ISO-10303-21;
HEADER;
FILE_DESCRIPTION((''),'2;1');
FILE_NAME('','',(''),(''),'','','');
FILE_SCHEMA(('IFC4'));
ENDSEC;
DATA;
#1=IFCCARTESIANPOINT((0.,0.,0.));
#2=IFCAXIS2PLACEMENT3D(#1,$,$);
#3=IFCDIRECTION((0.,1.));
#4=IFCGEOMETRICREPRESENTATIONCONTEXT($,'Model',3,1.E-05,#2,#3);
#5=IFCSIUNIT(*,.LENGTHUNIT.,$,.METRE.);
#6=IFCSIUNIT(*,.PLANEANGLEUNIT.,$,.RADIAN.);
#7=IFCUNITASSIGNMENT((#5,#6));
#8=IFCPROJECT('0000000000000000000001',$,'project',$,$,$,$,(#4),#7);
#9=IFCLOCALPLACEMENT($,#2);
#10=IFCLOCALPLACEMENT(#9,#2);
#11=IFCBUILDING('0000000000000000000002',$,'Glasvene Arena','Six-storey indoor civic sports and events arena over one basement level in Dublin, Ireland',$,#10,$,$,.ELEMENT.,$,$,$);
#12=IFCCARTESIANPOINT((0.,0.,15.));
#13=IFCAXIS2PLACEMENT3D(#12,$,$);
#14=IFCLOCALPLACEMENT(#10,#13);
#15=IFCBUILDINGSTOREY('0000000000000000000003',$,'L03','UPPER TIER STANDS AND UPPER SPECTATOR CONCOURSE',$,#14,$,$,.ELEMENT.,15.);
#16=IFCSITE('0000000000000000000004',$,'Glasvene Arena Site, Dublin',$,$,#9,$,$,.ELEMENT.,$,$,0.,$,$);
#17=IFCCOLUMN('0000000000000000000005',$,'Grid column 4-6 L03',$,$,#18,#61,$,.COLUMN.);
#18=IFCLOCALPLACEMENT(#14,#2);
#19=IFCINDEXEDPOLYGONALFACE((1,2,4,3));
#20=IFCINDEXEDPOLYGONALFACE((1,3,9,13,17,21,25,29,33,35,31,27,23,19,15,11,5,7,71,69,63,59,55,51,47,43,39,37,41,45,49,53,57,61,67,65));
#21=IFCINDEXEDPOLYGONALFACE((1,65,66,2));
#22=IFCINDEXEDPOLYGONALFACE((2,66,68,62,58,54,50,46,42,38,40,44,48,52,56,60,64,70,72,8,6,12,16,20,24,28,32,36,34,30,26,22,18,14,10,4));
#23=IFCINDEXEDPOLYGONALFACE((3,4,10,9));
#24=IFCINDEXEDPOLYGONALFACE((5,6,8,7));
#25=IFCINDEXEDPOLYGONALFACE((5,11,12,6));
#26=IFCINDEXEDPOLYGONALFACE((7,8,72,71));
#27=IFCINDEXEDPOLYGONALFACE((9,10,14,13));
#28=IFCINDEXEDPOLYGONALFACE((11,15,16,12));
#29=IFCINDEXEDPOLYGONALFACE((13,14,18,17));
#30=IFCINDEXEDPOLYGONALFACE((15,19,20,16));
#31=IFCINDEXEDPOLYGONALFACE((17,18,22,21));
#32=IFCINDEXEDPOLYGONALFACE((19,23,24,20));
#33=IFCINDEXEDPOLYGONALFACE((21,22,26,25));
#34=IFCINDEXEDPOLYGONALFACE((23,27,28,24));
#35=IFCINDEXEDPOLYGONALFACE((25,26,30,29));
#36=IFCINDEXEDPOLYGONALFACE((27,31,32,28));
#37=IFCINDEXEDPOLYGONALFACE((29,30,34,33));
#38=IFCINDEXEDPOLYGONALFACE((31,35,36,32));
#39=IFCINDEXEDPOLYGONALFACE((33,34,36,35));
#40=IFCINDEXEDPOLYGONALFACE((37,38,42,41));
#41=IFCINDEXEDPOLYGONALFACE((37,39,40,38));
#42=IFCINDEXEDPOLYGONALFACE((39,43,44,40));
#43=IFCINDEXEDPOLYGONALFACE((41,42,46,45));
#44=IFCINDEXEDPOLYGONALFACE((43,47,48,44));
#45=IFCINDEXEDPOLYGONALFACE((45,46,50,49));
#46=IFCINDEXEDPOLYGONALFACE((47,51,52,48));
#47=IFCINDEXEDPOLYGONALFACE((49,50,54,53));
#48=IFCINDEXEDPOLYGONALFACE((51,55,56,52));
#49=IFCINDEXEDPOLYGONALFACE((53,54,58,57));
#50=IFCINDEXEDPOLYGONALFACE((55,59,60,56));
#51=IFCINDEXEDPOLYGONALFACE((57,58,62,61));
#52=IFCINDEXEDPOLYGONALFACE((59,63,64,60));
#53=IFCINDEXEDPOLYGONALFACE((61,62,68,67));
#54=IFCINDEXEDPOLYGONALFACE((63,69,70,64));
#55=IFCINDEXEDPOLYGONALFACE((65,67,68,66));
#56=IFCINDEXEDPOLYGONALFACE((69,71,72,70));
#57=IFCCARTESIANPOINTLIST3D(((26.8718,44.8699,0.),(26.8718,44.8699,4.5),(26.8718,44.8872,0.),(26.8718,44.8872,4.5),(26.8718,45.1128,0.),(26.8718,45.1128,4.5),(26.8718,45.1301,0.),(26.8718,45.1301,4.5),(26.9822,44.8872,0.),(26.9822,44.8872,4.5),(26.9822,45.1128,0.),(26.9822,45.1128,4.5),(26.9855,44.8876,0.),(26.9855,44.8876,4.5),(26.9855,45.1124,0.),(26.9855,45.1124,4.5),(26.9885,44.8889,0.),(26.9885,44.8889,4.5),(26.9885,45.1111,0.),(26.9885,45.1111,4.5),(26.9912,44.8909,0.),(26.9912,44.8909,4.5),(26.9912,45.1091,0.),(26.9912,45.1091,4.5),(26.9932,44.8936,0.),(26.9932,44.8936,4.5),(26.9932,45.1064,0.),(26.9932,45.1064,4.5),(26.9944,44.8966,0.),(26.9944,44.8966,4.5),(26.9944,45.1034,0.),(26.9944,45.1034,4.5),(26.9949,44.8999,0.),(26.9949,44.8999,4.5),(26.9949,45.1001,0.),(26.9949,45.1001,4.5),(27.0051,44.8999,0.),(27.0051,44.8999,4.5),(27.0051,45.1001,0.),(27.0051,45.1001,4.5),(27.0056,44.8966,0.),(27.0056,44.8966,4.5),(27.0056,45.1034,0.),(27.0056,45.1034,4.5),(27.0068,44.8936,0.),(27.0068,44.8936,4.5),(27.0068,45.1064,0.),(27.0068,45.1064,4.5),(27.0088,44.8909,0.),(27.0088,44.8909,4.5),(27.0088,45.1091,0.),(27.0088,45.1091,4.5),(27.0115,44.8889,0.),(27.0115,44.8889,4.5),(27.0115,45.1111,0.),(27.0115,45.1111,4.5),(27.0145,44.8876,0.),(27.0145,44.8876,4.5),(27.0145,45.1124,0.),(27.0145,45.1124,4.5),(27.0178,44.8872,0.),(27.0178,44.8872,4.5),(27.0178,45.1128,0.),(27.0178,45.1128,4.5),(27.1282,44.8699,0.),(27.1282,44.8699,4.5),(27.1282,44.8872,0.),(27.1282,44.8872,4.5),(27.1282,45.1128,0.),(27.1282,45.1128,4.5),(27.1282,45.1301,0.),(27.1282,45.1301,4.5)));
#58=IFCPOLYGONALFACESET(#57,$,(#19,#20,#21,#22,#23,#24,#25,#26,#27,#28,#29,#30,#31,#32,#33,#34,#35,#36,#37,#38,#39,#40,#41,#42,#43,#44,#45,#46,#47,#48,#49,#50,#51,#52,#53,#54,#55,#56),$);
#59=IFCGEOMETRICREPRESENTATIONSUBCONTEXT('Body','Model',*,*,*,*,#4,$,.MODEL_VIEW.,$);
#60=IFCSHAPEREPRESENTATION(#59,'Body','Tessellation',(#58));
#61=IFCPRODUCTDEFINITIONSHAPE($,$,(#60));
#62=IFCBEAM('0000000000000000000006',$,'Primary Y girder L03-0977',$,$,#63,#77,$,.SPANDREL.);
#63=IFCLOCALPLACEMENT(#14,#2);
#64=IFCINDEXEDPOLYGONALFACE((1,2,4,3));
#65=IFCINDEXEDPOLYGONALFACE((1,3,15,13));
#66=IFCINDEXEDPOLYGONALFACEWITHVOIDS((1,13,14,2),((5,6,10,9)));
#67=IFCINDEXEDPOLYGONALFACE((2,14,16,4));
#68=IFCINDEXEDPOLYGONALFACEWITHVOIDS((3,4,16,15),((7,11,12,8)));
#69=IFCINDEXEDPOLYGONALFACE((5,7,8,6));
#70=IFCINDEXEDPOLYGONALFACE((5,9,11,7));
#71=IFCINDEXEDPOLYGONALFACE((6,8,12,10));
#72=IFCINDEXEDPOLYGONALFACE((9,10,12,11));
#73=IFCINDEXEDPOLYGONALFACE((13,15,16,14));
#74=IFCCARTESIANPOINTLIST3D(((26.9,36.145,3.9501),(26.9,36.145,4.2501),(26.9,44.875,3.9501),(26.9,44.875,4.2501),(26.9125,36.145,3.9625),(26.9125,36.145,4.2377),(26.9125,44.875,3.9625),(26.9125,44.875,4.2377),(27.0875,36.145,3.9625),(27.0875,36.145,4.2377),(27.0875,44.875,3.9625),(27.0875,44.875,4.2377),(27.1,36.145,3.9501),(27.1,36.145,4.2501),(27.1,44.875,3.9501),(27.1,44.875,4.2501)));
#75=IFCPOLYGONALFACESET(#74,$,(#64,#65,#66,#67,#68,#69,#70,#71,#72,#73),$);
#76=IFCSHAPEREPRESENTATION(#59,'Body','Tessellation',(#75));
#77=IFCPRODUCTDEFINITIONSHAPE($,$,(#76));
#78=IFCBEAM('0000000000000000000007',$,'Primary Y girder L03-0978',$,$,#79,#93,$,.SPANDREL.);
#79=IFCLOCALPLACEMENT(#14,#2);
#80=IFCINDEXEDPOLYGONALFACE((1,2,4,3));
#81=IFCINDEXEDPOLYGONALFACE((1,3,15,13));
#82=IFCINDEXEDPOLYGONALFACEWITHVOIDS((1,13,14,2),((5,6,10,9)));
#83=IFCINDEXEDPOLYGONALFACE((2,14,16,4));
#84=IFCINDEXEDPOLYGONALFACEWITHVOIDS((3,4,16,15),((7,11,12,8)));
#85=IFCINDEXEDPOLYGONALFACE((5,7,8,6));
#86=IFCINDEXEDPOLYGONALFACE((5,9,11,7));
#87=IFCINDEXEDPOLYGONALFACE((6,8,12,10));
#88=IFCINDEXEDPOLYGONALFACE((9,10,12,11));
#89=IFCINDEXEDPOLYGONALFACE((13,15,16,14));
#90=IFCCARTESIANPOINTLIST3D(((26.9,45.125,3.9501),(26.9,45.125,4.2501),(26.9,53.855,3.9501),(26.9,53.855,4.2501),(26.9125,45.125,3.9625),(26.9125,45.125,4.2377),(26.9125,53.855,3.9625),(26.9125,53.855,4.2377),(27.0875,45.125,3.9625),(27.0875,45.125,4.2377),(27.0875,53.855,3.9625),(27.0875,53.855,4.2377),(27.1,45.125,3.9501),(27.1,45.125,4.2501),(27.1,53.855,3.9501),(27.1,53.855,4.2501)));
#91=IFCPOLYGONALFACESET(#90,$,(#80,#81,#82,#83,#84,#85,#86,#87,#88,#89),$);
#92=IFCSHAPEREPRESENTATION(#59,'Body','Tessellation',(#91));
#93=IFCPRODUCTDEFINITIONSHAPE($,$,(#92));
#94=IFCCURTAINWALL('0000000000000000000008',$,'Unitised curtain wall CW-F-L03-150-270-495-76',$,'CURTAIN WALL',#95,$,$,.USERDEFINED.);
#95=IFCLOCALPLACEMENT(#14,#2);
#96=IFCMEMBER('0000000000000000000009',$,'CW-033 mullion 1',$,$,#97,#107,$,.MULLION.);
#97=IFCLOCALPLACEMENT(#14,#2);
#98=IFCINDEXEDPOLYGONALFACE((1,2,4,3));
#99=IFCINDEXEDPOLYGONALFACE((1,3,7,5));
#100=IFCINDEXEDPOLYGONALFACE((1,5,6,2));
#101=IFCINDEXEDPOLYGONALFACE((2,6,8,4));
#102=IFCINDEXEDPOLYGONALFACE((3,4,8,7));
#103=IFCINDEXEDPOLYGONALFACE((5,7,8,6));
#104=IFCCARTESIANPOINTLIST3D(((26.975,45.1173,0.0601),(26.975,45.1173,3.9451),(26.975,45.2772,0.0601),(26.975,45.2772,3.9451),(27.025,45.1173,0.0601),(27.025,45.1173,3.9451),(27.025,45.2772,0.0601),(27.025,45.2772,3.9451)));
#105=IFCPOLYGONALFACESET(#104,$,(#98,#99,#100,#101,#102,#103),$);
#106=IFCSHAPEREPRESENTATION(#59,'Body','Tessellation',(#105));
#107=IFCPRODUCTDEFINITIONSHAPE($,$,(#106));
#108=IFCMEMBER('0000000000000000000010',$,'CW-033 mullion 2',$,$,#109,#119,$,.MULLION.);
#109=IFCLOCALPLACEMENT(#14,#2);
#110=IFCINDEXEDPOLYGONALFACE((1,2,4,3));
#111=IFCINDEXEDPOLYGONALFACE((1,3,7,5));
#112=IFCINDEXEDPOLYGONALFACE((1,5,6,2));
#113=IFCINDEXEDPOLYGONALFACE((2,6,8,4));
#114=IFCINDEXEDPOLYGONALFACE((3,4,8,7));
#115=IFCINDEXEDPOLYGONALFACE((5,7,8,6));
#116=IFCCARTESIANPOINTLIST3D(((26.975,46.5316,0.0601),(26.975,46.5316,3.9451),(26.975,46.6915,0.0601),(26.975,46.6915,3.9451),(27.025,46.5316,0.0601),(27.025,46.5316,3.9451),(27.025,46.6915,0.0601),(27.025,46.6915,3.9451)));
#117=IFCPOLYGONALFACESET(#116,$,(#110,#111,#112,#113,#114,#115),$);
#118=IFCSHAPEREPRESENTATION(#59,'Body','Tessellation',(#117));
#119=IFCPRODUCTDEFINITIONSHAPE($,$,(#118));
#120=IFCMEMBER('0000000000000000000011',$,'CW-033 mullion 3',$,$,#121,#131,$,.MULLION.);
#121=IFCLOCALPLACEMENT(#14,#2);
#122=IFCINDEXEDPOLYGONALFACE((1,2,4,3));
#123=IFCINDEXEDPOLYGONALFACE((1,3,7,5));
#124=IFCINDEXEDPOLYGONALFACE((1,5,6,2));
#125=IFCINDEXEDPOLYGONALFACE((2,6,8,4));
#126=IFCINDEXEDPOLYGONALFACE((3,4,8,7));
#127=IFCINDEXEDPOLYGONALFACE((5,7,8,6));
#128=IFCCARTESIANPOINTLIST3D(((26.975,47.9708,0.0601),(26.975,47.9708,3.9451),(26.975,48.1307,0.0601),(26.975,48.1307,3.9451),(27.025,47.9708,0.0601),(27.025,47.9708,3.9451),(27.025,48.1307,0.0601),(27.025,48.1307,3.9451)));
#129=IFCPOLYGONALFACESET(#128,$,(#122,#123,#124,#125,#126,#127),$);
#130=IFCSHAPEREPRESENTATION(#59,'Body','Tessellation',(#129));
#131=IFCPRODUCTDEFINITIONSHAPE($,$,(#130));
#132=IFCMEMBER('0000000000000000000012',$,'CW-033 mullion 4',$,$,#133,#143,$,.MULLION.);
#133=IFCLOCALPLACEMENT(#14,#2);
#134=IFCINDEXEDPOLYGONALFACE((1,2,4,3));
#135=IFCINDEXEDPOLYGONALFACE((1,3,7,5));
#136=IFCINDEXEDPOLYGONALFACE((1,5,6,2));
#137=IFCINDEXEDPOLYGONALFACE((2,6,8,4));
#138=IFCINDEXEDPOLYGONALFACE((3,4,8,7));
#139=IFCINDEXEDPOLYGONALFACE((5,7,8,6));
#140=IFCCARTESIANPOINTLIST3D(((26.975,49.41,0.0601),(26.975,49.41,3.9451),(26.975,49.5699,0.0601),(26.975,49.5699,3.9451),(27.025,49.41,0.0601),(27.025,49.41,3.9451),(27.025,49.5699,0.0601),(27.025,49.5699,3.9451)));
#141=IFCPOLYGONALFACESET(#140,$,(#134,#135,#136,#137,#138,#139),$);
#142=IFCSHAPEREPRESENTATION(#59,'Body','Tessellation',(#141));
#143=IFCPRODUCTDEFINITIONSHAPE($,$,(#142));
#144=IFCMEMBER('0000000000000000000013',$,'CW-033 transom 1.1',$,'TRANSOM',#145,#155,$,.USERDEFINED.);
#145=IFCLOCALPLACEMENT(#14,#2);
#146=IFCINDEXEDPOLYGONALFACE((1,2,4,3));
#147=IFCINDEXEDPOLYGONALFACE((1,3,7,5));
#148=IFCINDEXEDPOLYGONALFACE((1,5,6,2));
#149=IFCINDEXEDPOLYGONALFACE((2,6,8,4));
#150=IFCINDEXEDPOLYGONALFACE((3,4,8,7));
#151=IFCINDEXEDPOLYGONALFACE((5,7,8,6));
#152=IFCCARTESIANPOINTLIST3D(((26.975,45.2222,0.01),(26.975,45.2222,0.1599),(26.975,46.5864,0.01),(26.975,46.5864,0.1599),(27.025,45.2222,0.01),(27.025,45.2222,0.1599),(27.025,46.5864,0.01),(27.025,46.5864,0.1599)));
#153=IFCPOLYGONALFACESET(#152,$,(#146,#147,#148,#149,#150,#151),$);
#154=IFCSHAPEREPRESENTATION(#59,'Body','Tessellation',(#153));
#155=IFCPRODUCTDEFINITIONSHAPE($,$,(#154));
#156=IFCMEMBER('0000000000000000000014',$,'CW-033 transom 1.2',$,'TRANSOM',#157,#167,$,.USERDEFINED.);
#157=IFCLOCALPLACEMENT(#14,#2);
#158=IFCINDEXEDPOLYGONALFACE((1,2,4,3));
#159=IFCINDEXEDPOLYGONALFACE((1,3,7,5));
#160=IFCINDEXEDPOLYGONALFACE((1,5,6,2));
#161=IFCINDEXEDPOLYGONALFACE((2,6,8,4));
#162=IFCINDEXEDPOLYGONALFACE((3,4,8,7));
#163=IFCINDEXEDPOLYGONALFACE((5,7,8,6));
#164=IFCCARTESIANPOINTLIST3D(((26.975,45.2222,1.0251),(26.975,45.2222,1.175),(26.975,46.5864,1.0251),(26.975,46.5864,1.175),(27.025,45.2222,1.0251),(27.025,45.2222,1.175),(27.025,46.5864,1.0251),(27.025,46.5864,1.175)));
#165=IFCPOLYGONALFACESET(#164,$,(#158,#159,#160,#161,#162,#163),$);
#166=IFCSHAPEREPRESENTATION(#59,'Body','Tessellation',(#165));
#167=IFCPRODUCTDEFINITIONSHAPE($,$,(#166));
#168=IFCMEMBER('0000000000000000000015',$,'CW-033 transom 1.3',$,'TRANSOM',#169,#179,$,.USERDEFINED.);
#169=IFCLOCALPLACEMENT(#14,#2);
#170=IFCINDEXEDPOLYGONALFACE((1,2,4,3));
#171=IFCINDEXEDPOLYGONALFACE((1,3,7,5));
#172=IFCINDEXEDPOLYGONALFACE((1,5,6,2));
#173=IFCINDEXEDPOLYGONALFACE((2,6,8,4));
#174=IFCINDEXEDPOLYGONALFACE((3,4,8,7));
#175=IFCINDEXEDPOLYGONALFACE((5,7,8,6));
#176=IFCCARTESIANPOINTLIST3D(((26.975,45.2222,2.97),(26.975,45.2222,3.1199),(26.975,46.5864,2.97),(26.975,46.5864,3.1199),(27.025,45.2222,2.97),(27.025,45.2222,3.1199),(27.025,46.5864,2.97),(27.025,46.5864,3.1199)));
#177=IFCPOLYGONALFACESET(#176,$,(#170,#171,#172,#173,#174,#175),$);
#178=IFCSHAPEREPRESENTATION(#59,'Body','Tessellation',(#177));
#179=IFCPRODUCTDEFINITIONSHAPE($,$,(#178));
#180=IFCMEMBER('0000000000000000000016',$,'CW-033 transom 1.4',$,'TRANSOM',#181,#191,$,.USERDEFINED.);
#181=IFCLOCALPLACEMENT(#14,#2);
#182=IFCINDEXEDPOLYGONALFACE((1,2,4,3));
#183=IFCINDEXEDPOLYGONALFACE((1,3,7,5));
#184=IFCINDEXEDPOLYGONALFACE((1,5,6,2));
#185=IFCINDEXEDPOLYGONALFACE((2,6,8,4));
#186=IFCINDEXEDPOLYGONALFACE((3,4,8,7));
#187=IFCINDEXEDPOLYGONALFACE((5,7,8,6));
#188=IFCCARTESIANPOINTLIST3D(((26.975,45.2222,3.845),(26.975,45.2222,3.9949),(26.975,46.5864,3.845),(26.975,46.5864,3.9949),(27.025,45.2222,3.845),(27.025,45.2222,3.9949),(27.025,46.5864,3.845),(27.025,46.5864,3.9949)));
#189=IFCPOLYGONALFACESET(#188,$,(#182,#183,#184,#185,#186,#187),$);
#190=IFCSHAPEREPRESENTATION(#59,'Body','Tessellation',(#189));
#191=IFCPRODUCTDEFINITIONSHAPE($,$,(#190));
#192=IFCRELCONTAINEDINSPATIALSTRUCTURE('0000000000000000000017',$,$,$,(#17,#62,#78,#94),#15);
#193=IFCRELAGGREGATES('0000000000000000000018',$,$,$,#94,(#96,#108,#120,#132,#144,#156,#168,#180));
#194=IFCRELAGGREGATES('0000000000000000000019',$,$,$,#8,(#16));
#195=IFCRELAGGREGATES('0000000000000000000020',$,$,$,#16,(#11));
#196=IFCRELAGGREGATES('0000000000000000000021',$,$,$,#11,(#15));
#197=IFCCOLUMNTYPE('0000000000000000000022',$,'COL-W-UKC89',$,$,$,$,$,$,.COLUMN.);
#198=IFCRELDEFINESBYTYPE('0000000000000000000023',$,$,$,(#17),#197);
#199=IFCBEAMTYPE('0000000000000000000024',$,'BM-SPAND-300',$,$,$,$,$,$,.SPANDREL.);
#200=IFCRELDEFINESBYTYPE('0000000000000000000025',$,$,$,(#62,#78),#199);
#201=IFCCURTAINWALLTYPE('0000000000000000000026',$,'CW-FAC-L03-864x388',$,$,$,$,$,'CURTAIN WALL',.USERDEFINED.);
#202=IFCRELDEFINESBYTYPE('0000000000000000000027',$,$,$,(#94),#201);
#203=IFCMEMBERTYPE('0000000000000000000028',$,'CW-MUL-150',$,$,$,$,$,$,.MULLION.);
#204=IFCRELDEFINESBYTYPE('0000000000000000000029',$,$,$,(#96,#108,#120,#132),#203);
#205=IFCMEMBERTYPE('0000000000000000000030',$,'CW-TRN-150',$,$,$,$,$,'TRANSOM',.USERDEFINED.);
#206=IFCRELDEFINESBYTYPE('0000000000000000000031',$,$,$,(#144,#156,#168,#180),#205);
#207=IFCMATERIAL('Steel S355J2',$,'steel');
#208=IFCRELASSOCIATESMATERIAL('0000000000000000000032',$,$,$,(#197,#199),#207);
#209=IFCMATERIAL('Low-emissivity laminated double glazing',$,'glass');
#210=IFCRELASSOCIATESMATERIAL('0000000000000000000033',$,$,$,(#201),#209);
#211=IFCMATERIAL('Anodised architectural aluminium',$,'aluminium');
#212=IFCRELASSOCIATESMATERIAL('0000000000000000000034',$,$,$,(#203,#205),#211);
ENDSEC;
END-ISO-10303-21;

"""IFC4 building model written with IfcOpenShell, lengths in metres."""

from ifc_helpers import new_model, si_unit, direction, frame, origin, origin_2d, place, context, subcontext, project, spatial, rectangle, hollow_rectangle, i_section, extrude, material, material_profile, profile_set, type_object, element, aggregate, save


model = new_model("IFC4")

# Units and contexts
model_context = context("Model", 3, precision=1e-05, world=origin(), true_north=direction((0.0, 1.0)))
body_context = subcontext(model_context, "Body", "Model", "MODEL_VIEW")
ifc_project = project(units=[si_unit("LENGTHUNIT", "METRE"), si_unit("PLANEANGLEUNIT", "RADIAN")], contexts=[model_context])

# Site, building, storey
site_placement = place(None, origin())
site = spatial("IfcSite", under=ifc_project, at=site_placement, Name="Glasvene Arena Site, Dublin", CompositionType="ELEMENT", RefElevation=0.0)
building_placement = place(site_placement, origin())
building = spatial("IfcBuilding", under=site, at=building_placement, Name="Glasvene Arena", Description="Six-storey indoor civic sports and events arena over one basement level in Dublin, Ireland", CompositionType="ELEMENT")
storey_placement = place(building_placement, frame((0.0, 0.0, 15.0)))
storey = spatial("IfcBuildingStorey", under=building, at=storey_placement, Name="L03", Description="UPPER TIER STANDS AND UPPER SPECTATOR CONCOURSE", CompositionType="ELEMENT", Elevation=15.0)

# Column
ifc_material_1 = material(Name="Steel S355J2", Category="steel")
ifc_material_profile_1 = material_profile(ifc_material_1, i_section(OverallWidth=0.2563, OverallDepth=0.2603, WebThickness=0.0103, FlangeThickness=0.0173, FilletRadius=0.0127, at=origin_2d()), Name="UKC 254x254x89")
ifc_profile_set_1 = profile_set([ifc_material_profile_1], Name="Steel S355J2")
column_type = type_object("IfcColumnType", Name="COL-W-UKC89", PredefinedType="COLUMN", material=ifc_profile_set_1)
column_placement = place(storey_placement, frame((27.0, 45.0, 0.0), z_axis=(0.0, 0.0, 1.0), x_axis=(1.0, 0.0, 0.0)))
element("IfcColumn", 1, at=column_placement, inside=storey, type_object=column_type, Name="Grid column 4-6 L03", PredefinedType="COLUMN", context=body_context, shape_type="SweptSolid", body=[
    extrude(i_section(OverallWidth=0.2563, OverallDepth=0.2603, WebThickness=0.0103, FlangeThickness=0.0173, FilletRadius=0.0127, at=origin_2d()), origin(), (0.0, 0.0, 1.0), 4.5),
])

# Beams
ifc_material_profile_2 = material_profile(ifc_material_1, hollow_rectangle(XDim=0.2, YDim=0.3, WallThickness=0.0125, at=origin_2d()), Name="RHS 300x200x12.5")
ifc_profile_set_2 = profile_set([ifc_material_profile_2], Name="Steel S355J2")
beam_type = type_object("IfcBeamType", Name="BM-SPAND-300", PredefinedType="SPANDREL", material=ifc_profile_set_2)
for number, where, z_axis, x_axis, name in (
    (2, (27.0, 36.145, 4.1001), (0.0, 1.0, 0.0), (-1.0, 0.0, 0.0), "Primary Y girder L03-0977"),
    (3, (27.0, 45.125, 4.1001), (0.0, 1.0, 0.0), (-1.0, 0.0, 0.0), "Primary Y girder L03-0978"),
):
    element("IfcBeam", number, at=place(storey_placement, frame(where, z_axis=z_axis, x_axis=x_axis)), inside=storey, type_object=beam_type, Name=name, PredefinedType="SPANDREL", context=body_context, shape_type="SweptSolid", body=[
        extrude(hollow_rectangle(XDim=0.2, YDim=0.3, WallThickness=0.0125, at=origin_2d()), origin(), (0.0, 0.0, 1.0), 8.73),
    ])

# Curtain wall, members
ifc_material_2 = material(Name="Low-emissivity laminated double glazing", Category="glass")
curtain_wall_type = type_object("IfcCurtainWallType", Name="CW-FAC-L03-864x388", ElementType="CURTAIN WALL", PredefinedType="USERDEFINED", material=ifc_material_2)
curtain_wall_placement = place(storey_placement, frame((27.0, 45.1721, 0.0)))
curtain_wall = element("IfcCurtainWall", 4, at=curtain_wall_placement, inside=storey, type_object=curtain_wall_type, Name="Unitised curtain wall CW-F-L03-150-270-495-76", ObjectType="CURTAIN WALL", PredefinedType="USERDEFINED")
ifc_material_3 = material(Name="Anodised architectural aluminium", Category="aluminium")
ifc_material_profile_3 = material_profile(ifc_material_3, rectangle(XDim=0.05, YDim=0.1599, at=origin_2d()), Name="ALU MULLION 50x160")
ifc_profile_set_3 = profile_set([ifc_material_profile_3], Name="Anodised architectural aluminium")
member_type_1 = type_object("IfcMemberType", Name="CW-MUL-150", PredefinedType="MULLION", material=ifc_profile_set_3)
member_1_placement = place(storey_placement, frame((27.0, 45.1973, 0.0601), z_axis=(0.0, 0.0, 1.0), x_axis=(-1.0, 0.0, 0.0)))
member_1 = element("IfcMember", 5, at=member_1_placement, type_object=member_type_1, Name="CW-033 mullion 1", PredefinedType="MULLION", context=body_context, shape_type="SweptSolid", body=[
    extrude(rectangle(XDim=0.05, YDim=0.1599, at=origin_2d()), origin(), (0.0, 0.0, 1.0), 3.885),
])
member_2_placement = place(storey_placement, frame((27.0, 46.6116, 0.0601), z_axis=(0.0, 0.0, 1.0), x_axis=(-1.0, 0.0, 0.0)))
member_2 = element("IfcMember", 6, at=member_2_placement, type_object=member_type_1, Name="CW-033 mullion 2", PredefinedType="MULLION", context=body_context, shape_type="SweptSolid", body=[
    extrude(rectangle(XDim=0.05, YDim=0.1599, at=origin_2d()), origin(), (0.0, 0.0, 1.0), 3.885),
])
member_3_placement = place(storey_placement, frame((27.0, 48.0508, 0.0601), z_axis=(0.0, 0.0, 1.0), x_axis=(-1.0, 0.0, 0.0)))
member_3 = element("IfcMember", 7, at=member_3_placement, type_object=member_type_1, Name="CW-033 mullion 3", PredefinedType="MULLION", context=body_context, shape_type="SweptSolid", body=[
    extrude(rectangle(XDim=0.05, YDim=0.1599, at=origin_2d()), origin(), (0.0, 0.0, 1.0), 3.885),
])
member_4_placement = place(storey_placement, frame((27.0, 49.49, 0.0601), z_axis=(0.0, 0.0, 1.0), x_axis=(-1.0, 0.0, 0.0)))
member_4 = element("IfcMember", 8, at=member_4_placement, type_object=member_type_1, Name="CW-033 mullion 4", PredefinedType="MULLION", context=body_context, shape_type="SweptSolid", body=[
    extrude(rectangle(XDim=0.05, YDim=0.1599, at=origin_2d()), origin(), (0.0, 0.0, 1.0), 3.885),
])
ifc_material_profile_4 = material_profile(ifc_material_3, rectangle(XDim=0.05, YDim=0.1499, at=origin_2d()), Name="ALU TRANSOM 50x150")
ifc_profile_set_4 = profile_set([ifc_material_profile_4], Name="Anodised architectural aluminium")
member_type_2 = type_object("IfcMemberType", Name="CW-TRN-150", ElementType="TRANSOM", PredefinedType="USERDEFINED", material=ifc_profile_set_4)
member_5_placement = place(storey_placement, frame((27.0, 45.2222, 0.085), z_axis=(0.0, 1.0, 0.0), x_axis=(-1.0, 0.0, 0.0)))
member_5 = element("IfcMember", 9, at=member_5_placement, type_object=member_type_2, Name="CW-033 transom 1.1", ObjectType="TRANSOM", PredefinedType="USERDEFINED", context=body_context, shape_type="SweptSolid", body=[
    extrude(rectangle(XDim=0.05, YDim=0.1499, at=origin_2d()), origin(), (0.0, 0.0, 1.0), 1.3643),
])
member_6_placement = place(storey_placement, frame((27.0, 45.2222, 1.1001), z_axis=(0.0, 1.0, 0.0), x_axis=(-1.0, 0.0, 0.0)))
member_6 = element("IfcMember", 10, at=member_6_placement, type_object=member_type_2, Name="CW-033 transom 1.2", ObjectType="TRANSOM", PredefinedType="USERDEFINED", context=body_context, shape_type="SweptSolid", body=[
    extrude(rectangle(XDim=0.05, YDim=0.1499, at=origin_2d()), origin(), (0.0, 0.0, 1.0), 1.3643),
])
member_7_placement = place(storey_placement, frame((27.0, 45.2222, 3.0449), z_axis=(0.0, 1.0, 0.0), x_axis=(-1.0, 0.0, 0.0)))
member_7 = element("IfcMember", 11, at=member_7_placement, type_object=member_type_2, Name="CW-033 transom 1.3", ObjectType="TRANSOM", PredefinedType="USERDEFINED", context=body_context, shape_type="SweptSolid", body=[
    extrude(rectangle(XDim=0.05, YDim=0.1499, at=origin_2d()), origin(), (0.0, 0.0, 1.0), 1.3643),
])
member_8_placement = place(storey_placement, frame((27.0, 45.2222, 3.9199), z_axis=(0.0, 1.0, 0.0), x_axis=(-1.0, 0.0, 0.0)))
member_8 = element("IfcMember", 12, at=member_8_placement, type_object=member_type_2, Name="CW-033 transom 1.4", ObjectType="TRANSOM", PredefinedType="USERDEFINED", context=body_context, shape_type="SweptSolid", body=[
    extrude(rectangle(XDim=0.05, YDim=0.1499, at=origin_2d()), origin(), (0.0, 0.0, 1.0), 1.3643),
])
aggregate(curtain_wall, [member_1, member_2, member_3, member_4, member_5, member_6, member_7, member_8])

save(model, "model.ifc")
